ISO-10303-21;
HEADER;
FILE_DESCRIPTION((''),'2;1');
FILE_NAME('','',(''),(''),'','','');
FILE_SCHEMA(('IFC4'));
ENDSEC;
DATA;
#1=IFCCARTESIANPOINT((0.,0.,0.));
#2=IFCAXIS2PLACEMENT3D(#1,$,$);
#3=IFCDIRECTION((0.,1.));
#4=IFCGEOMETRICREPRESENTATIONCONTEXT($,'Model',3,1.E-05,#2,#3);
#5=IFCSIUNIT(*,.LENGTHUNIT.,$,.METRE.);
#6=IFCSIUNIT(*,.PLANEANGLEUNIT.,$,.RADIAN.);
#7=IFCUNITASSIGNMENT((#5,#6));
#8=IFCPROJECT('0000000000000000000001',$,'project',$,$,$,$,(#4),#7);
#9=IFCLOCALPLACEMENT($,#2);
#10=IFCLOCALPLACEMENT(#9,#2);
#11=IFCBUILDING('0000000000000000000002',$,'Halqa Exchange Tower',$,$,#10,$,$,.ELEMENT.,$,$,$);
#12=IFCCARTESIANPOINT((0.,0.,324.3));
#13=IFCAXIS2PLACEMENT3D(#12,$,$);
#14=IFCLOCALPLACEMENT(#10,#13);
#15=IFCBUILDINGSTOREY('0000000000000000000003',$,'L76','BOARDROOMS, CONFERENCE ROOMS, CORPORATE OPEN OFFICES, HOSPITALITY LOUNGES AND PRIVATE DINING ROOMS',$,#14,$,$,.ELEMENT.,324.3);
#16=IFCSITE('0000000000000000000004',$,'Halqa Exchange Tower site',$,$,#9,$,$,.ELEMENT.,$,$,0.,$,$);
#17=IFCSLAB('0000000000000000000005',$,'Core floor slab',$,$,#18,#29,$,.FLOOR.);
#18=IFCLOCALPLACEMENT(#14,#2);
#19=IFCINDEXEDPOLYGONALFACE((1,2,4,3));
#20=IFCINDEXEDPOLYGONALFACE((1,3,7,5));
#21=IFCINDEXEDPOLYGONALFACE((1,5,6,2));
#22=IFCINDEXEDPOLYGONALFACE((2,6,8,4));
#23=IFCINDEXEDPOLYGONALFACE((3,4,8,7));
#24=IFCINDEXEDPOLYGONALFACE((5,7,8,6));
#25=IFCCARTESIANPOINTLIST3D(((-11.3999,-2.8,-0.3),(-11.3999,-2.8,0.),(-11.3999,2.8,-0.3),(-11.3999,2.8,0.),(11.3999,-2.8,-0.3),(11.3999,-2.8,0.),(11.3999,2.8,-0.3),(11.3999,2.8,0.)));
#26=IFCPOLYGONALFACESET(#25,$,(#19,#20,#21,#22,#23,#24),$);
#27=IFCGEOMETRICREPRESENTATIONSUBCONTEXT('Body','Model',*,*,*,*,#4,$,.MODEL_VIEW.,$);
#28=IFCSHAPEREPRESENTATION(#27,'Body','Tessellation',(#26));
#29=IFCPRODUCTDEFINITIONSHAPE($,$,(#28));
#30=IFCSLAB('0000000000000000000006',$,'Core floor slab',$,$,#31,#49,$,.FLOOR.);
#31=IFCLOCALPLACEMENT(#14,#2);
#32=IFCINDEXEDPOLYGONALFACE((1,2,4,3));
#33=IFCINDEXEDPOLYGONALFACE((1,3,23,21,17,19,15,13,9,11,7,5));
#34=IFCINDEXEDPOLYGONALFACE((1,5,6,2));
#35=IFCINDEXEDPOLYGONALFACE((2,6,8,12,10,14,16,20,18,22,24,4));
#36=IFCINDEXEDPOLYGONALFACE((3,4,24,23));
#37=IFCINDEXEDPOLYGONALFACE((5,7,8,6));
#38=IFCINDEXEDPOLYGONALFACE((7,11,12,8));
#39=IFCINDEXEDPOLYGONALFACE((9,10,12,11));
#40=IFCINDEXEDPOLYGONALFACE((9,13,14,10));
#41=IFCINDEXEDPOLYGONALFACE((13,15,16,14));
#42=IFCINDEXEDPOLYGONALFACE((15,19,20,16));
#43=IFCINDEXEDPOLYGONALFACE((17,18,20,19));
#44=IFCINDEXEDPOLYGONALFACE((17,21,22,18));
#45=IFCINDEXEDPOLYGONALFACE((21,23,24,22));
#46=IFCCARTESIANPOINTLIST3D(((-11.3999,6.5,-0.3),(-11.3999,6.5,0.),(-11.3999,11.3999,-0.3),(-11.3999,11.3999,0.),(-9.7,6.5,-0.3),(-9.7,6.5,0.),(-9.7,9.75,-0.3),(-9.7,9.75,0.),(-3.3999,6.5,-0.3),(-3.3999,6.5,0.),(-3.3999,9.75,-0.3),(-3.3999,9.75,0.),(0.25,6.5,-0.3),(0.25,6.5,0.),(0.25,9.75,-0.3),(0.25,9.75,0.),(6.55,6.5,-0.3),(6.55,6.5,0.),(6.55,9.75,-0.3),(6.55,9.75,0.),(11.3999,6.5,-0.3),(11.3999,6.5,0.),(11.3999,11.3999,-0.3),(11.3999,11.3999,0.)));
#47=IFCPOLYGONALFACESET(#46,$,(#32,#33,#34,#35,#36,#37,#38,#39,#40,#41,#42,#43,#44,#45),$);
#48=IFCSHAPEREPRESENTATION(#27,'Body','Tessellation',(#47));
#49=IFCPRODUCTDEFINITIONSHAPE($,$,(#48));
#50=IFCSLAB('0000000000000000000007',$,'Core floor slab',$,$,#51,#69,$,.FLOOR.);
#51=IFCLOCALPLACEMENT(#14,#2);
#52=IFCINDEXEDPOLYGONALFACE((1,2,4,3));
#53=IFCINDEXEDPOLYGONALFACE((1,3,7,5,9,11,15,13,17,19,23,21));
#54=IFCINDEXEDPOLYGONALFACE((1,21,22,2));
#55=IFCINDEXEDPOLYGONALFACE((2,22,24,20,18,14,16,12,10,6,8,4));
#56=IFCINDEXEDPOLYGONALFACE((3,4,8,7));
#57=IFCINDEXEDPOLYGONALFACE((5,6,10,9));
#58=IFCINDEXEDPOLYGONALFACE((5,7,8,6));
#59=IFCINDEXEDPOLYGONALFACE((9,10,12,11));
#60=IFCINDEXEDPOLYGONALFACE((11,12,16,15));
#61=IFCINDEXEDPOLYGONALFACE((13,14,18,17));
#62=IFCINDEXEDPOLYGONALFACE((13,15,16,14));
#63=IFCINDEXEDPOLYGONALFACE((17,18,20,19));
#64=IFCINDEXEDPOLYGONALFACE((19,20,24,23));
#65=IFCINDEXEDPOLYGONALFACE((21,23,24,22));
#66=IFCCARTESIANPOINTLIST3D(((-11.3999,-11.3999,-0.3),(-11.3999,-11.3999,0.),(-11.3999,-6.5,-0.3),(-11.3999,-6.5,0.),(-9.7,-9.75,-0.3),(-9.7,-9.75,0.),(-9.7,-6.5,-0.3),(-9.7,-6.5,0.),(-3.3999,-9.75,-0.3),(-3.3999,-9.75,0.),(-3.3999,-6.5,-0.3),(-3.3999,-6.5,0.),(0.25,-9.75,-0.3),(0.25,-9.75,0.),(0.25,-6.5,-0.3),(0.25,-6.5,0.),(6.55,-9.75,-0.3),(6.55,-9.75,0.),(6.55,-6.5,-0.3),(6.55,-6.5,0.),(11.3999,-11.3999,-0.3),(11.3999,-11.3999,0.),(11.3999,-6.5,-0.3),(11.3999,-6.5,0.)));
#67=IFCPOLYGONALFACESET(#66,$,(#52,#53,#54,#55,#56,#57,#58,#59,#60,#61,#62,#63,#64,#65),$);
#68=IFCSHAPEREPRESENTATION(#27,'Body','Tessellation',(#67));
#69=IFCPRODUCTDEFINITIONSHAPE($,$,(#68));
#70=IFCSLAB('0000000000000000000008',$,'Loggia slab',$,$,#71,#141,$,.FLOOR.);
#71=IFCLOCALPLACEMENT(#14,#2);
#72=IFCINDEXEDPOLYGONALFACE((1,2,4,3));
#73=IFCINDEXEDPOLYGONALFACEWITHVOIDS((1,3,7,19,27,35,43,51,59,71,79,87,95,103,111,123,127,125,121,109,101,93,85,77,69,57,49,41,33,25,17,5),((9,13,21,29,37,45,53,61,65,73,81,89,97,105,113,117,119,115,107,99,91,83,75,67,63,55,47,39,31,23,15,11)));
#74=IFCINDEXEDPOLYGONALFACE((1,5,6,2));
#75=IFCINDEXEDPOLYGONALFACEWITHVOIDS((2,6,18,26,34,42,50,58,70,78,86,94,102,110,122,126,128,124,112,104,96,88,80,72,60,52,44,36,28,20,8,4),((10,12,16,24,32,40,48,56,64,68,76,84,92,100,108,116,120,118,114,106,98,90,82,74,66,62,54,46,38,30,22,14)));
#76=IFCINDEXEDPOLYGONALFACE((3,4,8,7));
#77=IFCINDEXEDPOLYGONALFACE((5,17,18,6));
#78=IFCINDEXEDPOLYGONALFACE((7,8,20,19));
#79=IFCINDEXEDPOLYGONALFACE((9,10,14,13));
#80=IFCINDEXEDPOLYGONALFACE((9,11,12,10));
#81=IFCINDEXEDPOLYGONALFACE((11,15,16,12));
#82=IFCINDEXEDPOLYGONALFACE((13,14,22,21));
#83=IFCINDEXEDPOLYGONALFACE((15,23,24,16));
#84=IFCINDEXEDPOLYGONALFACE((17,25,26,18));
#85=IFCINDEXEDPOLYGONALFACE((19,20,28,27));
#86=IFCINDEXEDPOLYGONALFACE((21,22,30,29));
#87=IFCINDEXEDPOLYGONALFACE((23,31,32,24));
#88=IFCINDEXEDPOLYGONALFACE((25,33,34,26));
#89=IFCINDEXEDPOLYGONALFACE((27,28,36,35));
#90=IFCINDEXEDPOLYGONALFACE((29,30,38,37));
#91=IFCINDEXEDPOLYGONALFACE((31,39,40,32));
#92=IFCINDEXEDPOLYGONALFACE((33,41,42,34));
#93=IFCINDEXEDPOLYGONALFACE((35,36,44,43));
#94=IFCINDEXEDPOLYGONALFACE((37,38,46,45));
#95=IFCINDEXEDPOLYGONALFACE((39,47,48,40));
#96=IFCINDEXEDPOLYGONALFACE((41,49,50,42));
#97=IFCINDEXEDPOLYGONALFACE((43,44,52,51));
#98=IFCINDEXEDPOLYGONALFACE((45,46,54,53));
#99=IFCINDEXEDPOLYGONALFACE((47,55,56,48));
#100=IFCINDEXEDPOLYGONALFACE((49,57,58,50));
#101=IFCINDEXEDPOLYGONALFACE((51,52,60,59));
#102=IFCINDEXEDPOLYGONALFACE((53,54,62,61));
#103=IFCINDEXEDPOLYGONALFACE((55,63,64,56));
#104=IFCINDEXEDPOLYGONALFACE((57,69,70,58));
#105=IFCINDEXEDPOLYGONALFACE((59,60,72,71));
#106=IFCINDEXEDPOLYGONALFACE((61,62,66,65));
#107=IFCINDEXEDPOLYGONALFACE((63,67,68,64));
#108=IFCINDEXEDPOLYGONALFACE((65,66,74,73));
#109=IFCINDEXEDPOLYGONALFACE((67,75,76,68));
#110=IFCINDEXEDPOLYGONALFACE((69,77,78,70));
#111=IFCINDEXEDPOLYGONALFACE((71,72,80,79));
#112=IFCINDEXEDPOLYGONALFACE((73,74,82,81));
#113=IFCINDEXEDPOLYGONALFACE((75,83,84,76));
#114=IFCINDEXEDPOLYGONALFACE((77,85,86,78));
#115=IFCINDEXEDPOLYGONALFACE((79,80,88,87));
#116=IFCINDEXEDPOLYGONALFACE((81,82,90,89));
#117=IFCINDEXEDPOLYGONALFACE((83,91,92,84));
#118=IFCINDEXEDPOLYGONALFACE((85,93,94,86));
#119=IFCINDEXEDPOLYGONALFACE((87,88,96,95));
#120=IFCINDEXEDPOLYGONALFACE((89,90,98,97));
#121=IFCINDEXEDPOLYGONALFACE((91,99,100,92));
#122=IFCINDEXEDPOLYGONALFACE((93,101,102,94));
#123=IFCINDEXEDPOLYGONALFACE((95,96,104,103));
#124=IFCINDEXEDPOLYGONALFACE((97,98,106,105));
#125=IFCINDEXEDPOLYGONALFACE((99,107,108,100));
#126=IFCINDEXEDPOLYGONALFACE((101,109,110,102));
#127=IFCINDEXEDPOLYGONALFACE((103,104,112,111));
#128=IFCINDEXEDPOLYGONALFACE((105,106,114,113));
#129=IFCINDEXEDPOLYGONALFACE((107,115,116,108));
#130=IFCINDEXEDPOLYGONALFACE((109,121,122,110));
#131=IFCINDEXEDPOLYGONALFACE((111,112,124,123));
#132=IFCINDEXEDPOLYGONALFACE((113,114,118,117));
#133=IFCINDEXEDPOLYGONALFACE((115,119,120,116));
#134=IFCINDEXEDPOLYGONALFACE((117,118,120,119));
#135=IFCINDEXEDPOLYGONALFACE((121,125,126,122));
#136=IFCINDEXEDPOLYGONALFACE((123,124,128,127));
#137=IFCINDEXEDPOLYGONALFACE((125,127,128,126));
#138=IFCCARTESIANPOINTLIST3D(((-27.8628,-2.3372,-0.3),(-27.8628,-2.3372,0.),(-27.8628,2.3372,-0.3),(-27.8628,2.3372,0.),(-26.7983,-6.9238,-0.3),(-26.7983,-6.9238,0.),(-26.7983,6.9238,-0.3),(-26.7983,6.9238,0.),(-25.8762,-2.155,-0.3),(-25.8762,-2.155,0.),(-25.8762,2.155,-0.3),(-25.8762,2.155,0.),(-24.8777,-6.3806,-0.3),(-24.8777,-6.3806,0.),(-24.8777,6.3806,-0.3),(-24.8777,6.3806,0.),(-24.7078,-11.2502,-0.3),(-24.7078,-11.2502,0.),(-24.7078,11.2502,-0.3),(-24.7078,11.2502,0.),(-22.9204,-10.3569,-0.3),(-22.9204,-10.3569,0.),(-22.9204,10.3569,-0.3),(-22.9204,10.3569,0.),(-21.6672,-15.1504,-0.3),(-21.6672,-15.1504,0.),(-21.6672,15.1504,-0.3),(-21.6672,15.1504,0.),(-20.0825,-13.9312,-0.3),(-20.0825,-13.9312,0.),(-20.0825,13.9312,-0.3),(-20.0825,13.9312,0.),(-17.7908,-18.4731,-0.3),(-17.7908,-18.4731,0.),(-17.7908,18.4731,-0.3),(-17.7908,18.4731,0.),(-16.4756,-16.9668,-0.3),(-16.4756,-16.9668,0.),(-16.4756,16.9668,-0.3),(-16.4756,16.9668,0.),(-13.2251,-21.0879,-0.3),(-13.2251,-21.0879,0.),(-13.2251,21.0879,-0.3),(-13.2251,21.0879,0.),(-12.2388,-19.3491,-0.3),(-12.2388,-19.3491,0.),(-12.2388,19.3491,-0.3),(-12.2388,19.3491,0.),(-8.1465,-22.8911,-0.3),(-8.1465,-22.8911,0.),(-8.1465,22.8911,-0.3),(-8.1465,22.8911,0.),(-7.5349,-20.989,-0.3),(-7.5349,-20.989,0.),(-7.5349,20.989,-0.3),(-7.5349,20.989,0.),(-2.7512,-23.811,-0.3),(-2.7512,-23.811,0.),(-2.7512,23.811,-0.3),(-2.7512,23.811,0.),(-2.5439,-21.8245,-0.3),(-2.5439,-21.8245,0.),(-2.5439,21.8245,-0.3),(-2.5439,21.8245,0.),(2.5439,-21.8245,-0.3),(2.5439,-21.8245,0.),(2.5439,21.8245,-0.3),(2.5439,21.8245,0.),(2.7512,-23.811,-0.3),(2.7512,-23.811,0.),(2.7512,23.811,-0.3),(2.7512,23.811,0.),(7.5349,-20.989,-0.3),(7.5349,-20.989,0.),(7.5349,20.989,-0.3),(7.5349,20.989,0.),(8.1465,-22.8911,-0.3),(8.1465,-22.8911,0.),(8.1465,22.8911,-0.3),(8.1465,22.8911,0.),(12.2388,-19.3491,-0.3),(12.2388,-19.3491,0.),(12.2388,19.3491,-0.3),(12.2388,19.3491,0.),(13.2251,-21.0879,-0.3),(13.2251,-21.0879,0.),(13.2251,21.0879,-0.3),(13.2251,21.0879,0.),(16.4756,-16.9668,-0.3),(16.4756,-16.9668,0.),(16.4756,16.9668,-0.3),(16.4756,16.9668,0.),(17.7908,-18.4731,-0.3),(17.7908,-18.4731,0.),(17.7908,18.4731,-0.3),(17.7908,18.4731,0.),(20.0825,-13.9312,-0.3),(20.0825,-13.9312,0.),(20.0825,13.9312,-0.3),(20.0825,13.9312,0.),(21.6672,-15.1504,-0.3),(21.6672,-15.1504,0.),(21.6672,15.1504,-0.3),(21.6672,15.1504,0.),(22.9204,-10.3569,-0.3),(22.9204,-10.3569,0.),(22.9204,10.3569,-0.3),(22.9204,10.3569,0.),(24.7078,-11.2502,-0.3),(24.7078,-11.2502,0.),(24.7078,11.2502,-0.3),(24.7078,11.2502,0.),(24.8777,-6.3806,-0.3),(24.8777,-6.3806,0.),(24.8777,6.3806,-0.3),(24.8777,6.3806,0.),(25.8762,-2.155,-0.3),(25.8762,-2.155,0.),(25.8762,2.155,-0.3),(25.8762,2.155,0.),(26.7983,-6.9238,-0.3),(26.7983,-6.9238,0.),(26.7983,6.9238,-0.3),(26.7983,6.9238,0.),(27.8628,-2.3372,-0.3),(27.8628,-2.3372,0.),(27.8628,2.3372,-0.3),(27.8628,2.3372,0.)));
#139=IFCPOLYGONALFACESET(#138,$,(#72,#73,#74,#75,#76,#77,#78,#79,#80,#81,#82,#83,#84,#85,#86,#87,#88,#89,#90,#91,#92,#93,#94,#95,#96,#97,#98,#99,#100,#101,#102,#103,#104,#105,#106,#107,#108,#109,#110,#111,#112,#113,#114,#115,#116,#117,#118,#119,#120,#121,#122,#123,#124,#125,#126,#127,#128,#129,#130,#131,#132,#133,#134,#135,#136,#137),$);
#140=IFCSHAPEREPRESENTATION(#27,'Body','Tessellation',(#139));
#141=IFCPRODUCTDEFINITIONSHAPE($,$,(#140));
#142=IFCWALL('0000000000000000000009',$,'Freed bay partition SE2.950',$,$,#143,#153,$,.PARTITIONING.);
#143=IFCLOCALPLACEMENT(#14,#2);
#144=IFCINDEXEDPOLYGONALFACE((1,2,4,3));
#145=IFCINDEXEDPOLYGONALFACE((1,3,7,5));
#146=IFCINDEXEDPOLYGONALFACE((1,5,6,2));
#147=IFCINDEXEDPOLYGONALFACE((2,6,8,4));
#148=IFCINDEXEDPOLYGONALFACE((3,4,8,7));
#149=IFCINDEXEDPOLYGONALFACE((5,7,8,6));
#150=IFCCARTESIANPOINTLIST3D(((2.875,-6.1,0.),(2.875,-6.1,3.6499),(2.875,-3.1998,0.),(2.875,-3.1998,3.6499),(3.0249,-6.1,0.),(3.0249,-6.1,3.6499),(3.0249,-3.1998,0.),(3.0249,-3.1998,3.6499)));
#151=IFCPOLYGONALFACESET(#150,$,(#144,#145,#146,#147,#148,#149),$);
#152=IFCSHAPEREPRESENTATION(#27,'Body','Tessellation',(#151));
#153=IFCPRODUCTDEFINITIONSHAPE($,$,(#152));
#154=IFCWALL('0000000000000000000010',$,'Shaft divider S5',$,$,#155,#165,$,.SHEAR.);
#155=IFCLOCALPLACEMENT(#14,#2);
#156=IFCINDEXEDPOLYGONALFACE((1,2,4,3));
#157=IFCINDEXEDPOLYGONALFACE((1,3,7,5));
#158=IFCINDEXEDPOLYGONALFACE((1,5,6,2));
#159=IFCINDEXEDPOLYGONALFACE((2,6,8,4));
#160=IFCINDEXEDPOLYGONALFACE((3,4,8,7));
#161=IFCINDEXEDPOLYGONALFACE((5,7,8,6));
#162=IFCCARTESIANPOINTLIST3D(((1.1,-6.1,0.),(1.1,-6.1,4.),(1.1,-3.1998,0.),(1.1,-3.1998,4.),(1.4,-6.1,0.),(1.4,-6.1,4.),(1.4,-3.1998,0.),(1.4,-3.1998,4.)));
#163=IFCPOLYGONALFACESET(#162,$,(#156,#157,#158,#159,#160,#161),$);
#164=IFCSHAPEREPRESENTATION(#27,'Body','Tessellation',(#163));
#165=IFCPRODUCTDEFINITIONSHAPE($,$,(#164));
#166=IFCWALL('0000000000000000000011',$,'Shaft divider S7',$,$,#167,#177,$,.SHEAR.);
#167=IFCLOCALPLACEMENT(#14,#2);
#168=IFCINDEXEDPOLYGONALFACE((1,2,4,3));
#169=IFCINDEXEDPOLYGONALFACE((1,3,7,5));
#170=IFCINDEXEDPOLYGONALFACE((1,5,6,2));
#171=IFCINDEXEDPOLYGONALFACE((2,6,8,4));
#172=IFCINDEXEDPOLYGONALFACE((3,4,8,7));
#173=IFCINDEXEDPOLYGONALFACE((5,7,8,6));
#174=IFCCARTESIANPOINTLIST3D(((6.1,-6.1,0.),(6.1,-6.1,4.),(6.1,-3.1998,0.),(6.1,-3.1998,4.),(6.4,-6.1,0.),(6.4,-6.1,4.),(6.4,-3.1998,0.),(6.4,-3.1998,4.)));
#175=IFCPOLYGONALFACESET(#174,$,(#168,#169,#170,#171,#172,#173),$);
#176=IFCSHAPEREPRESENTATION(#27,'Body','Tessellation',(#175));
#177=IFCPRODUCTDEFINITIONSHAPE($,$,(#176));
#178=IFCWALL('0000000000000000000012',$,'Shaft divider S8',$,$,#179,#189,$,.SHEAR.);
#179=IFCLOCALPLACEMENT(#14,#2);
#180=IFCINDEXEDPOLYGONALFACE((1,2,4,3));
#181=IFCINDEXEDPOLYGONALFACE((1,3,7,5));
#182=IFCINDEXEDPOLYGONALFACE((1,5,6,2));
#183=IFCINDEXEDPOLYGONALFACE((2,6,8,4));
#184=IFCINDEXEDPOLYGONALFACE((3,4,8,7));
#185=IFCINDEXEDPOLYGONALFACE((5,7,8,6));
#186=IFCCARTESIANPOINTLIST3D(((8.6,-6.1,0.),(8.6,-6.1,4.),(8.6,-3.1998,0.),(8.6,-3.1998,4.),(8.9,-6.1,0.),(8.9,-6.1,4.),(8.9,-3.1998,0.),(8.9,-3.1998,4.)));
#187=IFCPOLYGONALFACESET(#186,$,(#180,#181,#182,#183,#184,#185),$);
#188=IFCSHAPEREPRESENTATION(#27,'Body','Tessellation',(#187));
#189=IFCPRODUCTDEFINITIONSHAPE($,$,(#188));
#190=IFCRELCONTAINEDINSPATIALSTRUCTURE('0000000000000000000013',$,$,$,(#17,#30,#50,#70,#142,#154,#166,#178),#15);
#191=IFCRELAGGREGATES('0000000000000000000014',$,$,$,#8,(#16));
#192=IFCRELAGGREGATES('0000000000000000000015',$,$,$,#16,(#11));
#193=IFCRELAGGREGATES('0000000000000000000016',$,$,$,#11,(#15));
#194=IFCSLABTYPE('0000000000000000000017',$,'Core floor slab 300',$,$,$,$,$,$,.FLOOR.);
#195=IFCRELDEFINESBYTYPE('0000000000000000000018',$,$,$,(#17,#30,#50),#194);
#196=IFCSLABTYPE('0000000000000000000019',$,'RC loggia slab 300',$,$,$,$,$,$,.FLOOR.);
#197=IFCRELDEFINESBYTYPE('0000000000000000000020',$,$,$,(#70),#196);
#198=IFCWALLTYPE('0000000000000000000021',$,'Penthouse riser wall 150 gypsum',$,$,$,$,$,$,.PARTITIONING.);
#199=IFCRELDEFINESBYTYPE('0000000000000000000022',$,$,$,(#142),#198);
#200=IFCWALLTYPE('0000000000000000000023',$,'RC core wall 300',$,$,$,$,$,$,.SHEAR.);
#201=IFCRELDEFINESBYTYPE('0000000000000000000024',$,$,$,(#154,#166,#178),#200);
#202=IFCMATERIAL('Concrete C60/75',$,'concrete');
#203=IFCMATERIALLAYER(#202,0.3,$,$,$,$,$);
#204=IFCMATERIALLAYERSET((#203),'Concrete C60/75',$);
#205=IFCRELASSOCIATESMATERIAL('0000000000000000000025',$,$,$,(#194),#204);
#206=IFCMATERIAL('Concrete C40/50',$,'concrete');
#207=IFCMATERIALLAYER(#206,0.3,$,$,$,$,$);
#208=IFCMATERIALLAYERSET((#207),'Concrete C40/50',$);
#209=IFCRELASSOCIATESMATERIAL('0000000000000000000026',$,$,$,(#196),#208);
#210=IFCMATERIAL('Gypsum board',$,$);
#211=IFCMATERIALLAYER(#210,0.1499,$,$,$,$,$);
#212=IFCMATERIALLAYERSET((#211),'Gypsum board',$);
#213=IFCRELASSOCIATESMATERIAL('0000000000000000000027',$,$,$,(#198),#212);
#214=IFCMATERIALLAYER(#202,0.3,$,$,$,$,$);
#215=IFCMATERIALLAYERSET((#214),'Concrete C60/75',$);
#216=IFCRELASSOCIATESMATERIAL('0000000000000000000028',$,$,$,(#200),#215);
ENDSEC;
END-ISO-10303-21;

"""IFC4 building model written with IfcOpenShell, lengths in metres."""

from ifc_helpers import new_model, si_unit, direction, frame, frame_2d, origin, place, context, subcontext, project, spatial, polyline, rectangle, outline, extrude, material, layer, layer_set, type_object, element, save


model = new_model("IFC4")

# Units and contexts
model_context = context("Model", 3, precision=1e-05, world=origin(), true_north=direction((0.0, 1.0)))
body_context = subcontext(model_context, "Body", "Model", "MODEL_VIEW")
ifc_project = project(units=[si_unit("LENGTHUNIT", "METRE"), si_unit("PLANEANGLEUNIT", "RADIAN")], contexts=[model_context])

# Site, building, storey
site_placement = place(None, origin())
site = spatial("IfcSite", under=ifc_project, at=site_placement, Name="Halqa Exchange Tower site", CompositionType="ELEMENT", RefElevation=0.0)
building_placement = place(site_placement, origin())
building = spatial("IfcBuilding", under=site, at=building_placement, Name="Halqa Exchange Tower", CompositionType="ELEMENT")
storey_placement = place(building_placement, frame((0.0, 0.0, 324.3)))
storey = spatial("IfcBuildingStorey", under=building, at=storey_placement, Name="L76", Description="BOARDROOMS, CONFERENCE ROOMS, CORPORATE OPEN OFFICES, HOSPITALITY LOUNGES AND PRIVATE DINING ROOMS", CompositionType="ELEMENT", Elevation=324.3)

# Slabs
ifc_material_1 = material(Name="Concrete C60/75", Category="concrete")
ifc_layer_1 = layer(ifc_material_1, 0.3)
ifc_layer_set_1 = layer_set([ifc_layer_1], Name="Concrete C60/75")
slab_type_1 = type_object("IfcSlabType", Name="Core floor slab 300", PredefinedType="FLOOR", material=ifc_layer_set_1)
slab_1_placement = place(storey_placement, frame((0.0, 0.0, -0.3)))
element("IfcSlab", 1, at=slab_1_placement, inside=storey, type_object=slab_type_1, Name="Core floor slab", PredefinedType="FLOOR", context=body_context, shape_type="SweptSolid", body=[
    extrude(outline(polyline([(-11.3999, 2.8), (11.3999, 2.8), (11.3999, -2.8), (-11.3999, -2.8), (-11.3999, 2.8)])), origin(), (0.0, 0.0, 1.0), 0.3),
])
slab_2_placement = place(storey_placement, frame((0.0, 0.0, -0.3)))
element("IfcSlab", 2, at=slab_2_placement, inside=storey, type_object=slab_type_1, Name="Core floor slab", PredefinedType="FLOOR", context=body_context, shape_type="SweptSolid", body=[
    extrude(outline(polyline([(-11.3999, 11.3999), (11.3999, 11.3999), (11.3999, 6.5), (6.55, 6.5), (6.55, 9.75), (0.25, 9.75), (0.25, 6.5), (-3.3999, 6.5), (-3.3999, 9.75), (-9.7, 9.75), (-9.7, 6.5), (-11.3999, 6.5), (-11.3999, 11.3999)])), origin(), (0.0, 0.0, 1.0), 0.3),
])
slab_3_placement = place(storey_placement, frame((0.0, 0.0, -0.3)))
element("IfcSlab", 3, at=slab_3_placement, inside=storey, type_object=slab_type_1, Name="Core floor slab", PredefinedType="FLOOR", context=body_context, shape_type="SweptSolid", body=[
    extrude(outline(polyline([(-11.3999, -6.5), (-9.7, -6.5), (-9.7, -9.75), (-3.3999, -9.75), (-3.3999, -6.5), (0.25, -6.5), (0.25, -9.75), (6.55, -9.75), (6.55, -6.5), (11.3999, -6.5), (11.3999, -11.3999), (-11.3999, -11.3999), (-11.3999, -6.5)])), origin(), (0.0, 0.0, 1.0), 0.3),
])
ifc_material_2 = material(Name="Concrete C40/50", Category="concrete")
ifc_layer_2 = layer(ifc_material_2, 0.3)
ifc_layer_set_2 = layer_set([ifc_layer_2], Name="Concrete C40/50")
slab_type_2 = type_object("IfcSlabType", Name="RC loggia slab 300", PredefinedType="FLOOR", material=ifc_layer_set_2)
slab_4_placement = place(storey_placement, frame((0.0, 0.0, -0.3)))
element("IfcSlab", 4, at=slab_4_placement, inside=storey, type_object=slab_type_2, Name="Loggia slab", PredefinedType="FLOOR", context=body_context, shape_type="SweptSolid", body=[
    extrude(outline(polyline([(27.8628, 2.3372), (27.8628, -2.3372), (26.7983, -6.9238), (24.7078, -11.2502), (21.6672, -15.1504), (17.7908, -18.4731), (13.2251, -21.0879), (8.1465, -22.8911), (2.7512, -23.811), (-2.7512, -23.811), (-8.1465, -22.8911), (-13.2251, -21.0879), (-17.7908, -18.4731), (-21.6672, -15.1504), (-24.7078, -11.2502), (-26.7983, -6.9238), (-27.8628, -2.3372), (-27.8628, 2.3372), (-26.7983, 6.9238), (-24.7078, 11.2502), (-21.6672, 15.1504), (-17.7908, 18.4731), (-13.2251, 21.0879), (-8.1465, 22.8911), (-2.7512, 23.811), (2.7512, 23.811), (8.1465, 22.8911), (13.2251, 21.0879), (17.7908, 18.4731), (21.6672, 15.1504), (24.7078, 11.2502), (26.7983, 6.9238), (27.8628, 2.3372)]), holes=[polyline([(25.8762, 2.155), (24.8777, 6.3806), (22.9204, 10.3569), (20.0825, 13.9312), (16.4756, 16.9668), (12.2388, 19.3491), (7.5349, 20.989), (2.5439, 21.8245), (-2.5439, 21.8245), (-7.5349, 20.989), (-12.2388, 19.3491), (-16.4756, 16.9668), (-20.0825, 13.9312), (-22.9204, 10.3569), (-24.8777, 6.3806), (-25.8762, 2.155), (-25.8762, -2.155), (-24.8777, -6.3806), (-22.9204, -10.3569), (-20.0825, -13.9312), (-16.4756, -16.9668), (-12.2388, -19.3491), (-7.5349, -20.989), (-2.5439, -21.8245), (2.5439, -21.8245), (7.5349, -20.989), (12.2388, -19.3491), (16.4756, -16.9668), (20.0825, -13.9312), (22.9204, -10.3569), (24.8777, -6.3806), (25.8762, -2.155), (25.8762, 2.155)])]), origin(), (0.0, 0.0, 1.0), 0.3),
])

# Walls
ifc_material_3 = material(Name="Gypsum board")
ifc_layer_3 = layer(ifc_material_3, 0.1499)
ifc_layer_set_3 = layer_set([ifc_layer_3], Name="Gypsum board")
wall_type_1 = type_object("IfcWallType", Name="Penthouse riser wall 150 gypsum", PredefinedType="PARTITIONING", material=ifc_layer_set_3)
wall_1_placement = place(storey_placement, frame((2.95, -6.1001, 0.0), z_axis=(0.0, 0.0, 1.0), x_axis=(0.0, 1.0, 0.0)))
element("IfcWall", 5, at=wall_1_placement, inside=storey, type_object=wall_type_1, Name="Freed bay partition SE2.950", PredefinedType="PARTITIONING", context=body_context, shape_type="SweptSolid", body=[
    extrude(rectangle(XDim=2.9001, YDim=0.1499, at=frame_2d((1.4502, 0.0))), origin(), (0.0, 0.0, 1.0), 3.6499),
])
ifc_layer_4 = layer(ifc_material_1, 0.3)
ifc_layer_set_4 = layer_set([ifc_layer_4], Name="Concrete C60/75")
wall_type_2 = type_object("IfcWallType", Name="RC core wall 300", PredefinedType="SHEAR", material=ifc_layer_set_4)
for number, where, z_axis, x_axis, name in (
    (6, (1.25, -6.1001, 0.0), (0.0, 0.0, 1.0), (0.0, 1.0, 0.0), "Shaft divider S5"),
    (7, (6.25, -6.1001, 0.0), (0.0, 0.0, 1.0), (0.0, 1.0, 0.0), "Shaft divider S7"),
    (8, (8.75, -6.1001, 0.0), (0.0, 0.0, 1.0), (0.0, 1.0, 0.0), "Shaft divider S8"),
):
    element("IfcWall", number, at=place(storey_placement, frame(where, z_axis=z_axis, x_axis=x_axis)), inside=storey, type_object=wall_type_2, Name=name, PredefinedType="SHEAR", context=body_context, shape_type="SweptSolid", body=[
        extrude(rectangle(XDim=2.9001, YDim=0.3, at=frame_2d((1.4502, 0.0))), origin(), (0.0, 0.0, 1.0), 4.0),
    ])

save(model, "model.ifc")
